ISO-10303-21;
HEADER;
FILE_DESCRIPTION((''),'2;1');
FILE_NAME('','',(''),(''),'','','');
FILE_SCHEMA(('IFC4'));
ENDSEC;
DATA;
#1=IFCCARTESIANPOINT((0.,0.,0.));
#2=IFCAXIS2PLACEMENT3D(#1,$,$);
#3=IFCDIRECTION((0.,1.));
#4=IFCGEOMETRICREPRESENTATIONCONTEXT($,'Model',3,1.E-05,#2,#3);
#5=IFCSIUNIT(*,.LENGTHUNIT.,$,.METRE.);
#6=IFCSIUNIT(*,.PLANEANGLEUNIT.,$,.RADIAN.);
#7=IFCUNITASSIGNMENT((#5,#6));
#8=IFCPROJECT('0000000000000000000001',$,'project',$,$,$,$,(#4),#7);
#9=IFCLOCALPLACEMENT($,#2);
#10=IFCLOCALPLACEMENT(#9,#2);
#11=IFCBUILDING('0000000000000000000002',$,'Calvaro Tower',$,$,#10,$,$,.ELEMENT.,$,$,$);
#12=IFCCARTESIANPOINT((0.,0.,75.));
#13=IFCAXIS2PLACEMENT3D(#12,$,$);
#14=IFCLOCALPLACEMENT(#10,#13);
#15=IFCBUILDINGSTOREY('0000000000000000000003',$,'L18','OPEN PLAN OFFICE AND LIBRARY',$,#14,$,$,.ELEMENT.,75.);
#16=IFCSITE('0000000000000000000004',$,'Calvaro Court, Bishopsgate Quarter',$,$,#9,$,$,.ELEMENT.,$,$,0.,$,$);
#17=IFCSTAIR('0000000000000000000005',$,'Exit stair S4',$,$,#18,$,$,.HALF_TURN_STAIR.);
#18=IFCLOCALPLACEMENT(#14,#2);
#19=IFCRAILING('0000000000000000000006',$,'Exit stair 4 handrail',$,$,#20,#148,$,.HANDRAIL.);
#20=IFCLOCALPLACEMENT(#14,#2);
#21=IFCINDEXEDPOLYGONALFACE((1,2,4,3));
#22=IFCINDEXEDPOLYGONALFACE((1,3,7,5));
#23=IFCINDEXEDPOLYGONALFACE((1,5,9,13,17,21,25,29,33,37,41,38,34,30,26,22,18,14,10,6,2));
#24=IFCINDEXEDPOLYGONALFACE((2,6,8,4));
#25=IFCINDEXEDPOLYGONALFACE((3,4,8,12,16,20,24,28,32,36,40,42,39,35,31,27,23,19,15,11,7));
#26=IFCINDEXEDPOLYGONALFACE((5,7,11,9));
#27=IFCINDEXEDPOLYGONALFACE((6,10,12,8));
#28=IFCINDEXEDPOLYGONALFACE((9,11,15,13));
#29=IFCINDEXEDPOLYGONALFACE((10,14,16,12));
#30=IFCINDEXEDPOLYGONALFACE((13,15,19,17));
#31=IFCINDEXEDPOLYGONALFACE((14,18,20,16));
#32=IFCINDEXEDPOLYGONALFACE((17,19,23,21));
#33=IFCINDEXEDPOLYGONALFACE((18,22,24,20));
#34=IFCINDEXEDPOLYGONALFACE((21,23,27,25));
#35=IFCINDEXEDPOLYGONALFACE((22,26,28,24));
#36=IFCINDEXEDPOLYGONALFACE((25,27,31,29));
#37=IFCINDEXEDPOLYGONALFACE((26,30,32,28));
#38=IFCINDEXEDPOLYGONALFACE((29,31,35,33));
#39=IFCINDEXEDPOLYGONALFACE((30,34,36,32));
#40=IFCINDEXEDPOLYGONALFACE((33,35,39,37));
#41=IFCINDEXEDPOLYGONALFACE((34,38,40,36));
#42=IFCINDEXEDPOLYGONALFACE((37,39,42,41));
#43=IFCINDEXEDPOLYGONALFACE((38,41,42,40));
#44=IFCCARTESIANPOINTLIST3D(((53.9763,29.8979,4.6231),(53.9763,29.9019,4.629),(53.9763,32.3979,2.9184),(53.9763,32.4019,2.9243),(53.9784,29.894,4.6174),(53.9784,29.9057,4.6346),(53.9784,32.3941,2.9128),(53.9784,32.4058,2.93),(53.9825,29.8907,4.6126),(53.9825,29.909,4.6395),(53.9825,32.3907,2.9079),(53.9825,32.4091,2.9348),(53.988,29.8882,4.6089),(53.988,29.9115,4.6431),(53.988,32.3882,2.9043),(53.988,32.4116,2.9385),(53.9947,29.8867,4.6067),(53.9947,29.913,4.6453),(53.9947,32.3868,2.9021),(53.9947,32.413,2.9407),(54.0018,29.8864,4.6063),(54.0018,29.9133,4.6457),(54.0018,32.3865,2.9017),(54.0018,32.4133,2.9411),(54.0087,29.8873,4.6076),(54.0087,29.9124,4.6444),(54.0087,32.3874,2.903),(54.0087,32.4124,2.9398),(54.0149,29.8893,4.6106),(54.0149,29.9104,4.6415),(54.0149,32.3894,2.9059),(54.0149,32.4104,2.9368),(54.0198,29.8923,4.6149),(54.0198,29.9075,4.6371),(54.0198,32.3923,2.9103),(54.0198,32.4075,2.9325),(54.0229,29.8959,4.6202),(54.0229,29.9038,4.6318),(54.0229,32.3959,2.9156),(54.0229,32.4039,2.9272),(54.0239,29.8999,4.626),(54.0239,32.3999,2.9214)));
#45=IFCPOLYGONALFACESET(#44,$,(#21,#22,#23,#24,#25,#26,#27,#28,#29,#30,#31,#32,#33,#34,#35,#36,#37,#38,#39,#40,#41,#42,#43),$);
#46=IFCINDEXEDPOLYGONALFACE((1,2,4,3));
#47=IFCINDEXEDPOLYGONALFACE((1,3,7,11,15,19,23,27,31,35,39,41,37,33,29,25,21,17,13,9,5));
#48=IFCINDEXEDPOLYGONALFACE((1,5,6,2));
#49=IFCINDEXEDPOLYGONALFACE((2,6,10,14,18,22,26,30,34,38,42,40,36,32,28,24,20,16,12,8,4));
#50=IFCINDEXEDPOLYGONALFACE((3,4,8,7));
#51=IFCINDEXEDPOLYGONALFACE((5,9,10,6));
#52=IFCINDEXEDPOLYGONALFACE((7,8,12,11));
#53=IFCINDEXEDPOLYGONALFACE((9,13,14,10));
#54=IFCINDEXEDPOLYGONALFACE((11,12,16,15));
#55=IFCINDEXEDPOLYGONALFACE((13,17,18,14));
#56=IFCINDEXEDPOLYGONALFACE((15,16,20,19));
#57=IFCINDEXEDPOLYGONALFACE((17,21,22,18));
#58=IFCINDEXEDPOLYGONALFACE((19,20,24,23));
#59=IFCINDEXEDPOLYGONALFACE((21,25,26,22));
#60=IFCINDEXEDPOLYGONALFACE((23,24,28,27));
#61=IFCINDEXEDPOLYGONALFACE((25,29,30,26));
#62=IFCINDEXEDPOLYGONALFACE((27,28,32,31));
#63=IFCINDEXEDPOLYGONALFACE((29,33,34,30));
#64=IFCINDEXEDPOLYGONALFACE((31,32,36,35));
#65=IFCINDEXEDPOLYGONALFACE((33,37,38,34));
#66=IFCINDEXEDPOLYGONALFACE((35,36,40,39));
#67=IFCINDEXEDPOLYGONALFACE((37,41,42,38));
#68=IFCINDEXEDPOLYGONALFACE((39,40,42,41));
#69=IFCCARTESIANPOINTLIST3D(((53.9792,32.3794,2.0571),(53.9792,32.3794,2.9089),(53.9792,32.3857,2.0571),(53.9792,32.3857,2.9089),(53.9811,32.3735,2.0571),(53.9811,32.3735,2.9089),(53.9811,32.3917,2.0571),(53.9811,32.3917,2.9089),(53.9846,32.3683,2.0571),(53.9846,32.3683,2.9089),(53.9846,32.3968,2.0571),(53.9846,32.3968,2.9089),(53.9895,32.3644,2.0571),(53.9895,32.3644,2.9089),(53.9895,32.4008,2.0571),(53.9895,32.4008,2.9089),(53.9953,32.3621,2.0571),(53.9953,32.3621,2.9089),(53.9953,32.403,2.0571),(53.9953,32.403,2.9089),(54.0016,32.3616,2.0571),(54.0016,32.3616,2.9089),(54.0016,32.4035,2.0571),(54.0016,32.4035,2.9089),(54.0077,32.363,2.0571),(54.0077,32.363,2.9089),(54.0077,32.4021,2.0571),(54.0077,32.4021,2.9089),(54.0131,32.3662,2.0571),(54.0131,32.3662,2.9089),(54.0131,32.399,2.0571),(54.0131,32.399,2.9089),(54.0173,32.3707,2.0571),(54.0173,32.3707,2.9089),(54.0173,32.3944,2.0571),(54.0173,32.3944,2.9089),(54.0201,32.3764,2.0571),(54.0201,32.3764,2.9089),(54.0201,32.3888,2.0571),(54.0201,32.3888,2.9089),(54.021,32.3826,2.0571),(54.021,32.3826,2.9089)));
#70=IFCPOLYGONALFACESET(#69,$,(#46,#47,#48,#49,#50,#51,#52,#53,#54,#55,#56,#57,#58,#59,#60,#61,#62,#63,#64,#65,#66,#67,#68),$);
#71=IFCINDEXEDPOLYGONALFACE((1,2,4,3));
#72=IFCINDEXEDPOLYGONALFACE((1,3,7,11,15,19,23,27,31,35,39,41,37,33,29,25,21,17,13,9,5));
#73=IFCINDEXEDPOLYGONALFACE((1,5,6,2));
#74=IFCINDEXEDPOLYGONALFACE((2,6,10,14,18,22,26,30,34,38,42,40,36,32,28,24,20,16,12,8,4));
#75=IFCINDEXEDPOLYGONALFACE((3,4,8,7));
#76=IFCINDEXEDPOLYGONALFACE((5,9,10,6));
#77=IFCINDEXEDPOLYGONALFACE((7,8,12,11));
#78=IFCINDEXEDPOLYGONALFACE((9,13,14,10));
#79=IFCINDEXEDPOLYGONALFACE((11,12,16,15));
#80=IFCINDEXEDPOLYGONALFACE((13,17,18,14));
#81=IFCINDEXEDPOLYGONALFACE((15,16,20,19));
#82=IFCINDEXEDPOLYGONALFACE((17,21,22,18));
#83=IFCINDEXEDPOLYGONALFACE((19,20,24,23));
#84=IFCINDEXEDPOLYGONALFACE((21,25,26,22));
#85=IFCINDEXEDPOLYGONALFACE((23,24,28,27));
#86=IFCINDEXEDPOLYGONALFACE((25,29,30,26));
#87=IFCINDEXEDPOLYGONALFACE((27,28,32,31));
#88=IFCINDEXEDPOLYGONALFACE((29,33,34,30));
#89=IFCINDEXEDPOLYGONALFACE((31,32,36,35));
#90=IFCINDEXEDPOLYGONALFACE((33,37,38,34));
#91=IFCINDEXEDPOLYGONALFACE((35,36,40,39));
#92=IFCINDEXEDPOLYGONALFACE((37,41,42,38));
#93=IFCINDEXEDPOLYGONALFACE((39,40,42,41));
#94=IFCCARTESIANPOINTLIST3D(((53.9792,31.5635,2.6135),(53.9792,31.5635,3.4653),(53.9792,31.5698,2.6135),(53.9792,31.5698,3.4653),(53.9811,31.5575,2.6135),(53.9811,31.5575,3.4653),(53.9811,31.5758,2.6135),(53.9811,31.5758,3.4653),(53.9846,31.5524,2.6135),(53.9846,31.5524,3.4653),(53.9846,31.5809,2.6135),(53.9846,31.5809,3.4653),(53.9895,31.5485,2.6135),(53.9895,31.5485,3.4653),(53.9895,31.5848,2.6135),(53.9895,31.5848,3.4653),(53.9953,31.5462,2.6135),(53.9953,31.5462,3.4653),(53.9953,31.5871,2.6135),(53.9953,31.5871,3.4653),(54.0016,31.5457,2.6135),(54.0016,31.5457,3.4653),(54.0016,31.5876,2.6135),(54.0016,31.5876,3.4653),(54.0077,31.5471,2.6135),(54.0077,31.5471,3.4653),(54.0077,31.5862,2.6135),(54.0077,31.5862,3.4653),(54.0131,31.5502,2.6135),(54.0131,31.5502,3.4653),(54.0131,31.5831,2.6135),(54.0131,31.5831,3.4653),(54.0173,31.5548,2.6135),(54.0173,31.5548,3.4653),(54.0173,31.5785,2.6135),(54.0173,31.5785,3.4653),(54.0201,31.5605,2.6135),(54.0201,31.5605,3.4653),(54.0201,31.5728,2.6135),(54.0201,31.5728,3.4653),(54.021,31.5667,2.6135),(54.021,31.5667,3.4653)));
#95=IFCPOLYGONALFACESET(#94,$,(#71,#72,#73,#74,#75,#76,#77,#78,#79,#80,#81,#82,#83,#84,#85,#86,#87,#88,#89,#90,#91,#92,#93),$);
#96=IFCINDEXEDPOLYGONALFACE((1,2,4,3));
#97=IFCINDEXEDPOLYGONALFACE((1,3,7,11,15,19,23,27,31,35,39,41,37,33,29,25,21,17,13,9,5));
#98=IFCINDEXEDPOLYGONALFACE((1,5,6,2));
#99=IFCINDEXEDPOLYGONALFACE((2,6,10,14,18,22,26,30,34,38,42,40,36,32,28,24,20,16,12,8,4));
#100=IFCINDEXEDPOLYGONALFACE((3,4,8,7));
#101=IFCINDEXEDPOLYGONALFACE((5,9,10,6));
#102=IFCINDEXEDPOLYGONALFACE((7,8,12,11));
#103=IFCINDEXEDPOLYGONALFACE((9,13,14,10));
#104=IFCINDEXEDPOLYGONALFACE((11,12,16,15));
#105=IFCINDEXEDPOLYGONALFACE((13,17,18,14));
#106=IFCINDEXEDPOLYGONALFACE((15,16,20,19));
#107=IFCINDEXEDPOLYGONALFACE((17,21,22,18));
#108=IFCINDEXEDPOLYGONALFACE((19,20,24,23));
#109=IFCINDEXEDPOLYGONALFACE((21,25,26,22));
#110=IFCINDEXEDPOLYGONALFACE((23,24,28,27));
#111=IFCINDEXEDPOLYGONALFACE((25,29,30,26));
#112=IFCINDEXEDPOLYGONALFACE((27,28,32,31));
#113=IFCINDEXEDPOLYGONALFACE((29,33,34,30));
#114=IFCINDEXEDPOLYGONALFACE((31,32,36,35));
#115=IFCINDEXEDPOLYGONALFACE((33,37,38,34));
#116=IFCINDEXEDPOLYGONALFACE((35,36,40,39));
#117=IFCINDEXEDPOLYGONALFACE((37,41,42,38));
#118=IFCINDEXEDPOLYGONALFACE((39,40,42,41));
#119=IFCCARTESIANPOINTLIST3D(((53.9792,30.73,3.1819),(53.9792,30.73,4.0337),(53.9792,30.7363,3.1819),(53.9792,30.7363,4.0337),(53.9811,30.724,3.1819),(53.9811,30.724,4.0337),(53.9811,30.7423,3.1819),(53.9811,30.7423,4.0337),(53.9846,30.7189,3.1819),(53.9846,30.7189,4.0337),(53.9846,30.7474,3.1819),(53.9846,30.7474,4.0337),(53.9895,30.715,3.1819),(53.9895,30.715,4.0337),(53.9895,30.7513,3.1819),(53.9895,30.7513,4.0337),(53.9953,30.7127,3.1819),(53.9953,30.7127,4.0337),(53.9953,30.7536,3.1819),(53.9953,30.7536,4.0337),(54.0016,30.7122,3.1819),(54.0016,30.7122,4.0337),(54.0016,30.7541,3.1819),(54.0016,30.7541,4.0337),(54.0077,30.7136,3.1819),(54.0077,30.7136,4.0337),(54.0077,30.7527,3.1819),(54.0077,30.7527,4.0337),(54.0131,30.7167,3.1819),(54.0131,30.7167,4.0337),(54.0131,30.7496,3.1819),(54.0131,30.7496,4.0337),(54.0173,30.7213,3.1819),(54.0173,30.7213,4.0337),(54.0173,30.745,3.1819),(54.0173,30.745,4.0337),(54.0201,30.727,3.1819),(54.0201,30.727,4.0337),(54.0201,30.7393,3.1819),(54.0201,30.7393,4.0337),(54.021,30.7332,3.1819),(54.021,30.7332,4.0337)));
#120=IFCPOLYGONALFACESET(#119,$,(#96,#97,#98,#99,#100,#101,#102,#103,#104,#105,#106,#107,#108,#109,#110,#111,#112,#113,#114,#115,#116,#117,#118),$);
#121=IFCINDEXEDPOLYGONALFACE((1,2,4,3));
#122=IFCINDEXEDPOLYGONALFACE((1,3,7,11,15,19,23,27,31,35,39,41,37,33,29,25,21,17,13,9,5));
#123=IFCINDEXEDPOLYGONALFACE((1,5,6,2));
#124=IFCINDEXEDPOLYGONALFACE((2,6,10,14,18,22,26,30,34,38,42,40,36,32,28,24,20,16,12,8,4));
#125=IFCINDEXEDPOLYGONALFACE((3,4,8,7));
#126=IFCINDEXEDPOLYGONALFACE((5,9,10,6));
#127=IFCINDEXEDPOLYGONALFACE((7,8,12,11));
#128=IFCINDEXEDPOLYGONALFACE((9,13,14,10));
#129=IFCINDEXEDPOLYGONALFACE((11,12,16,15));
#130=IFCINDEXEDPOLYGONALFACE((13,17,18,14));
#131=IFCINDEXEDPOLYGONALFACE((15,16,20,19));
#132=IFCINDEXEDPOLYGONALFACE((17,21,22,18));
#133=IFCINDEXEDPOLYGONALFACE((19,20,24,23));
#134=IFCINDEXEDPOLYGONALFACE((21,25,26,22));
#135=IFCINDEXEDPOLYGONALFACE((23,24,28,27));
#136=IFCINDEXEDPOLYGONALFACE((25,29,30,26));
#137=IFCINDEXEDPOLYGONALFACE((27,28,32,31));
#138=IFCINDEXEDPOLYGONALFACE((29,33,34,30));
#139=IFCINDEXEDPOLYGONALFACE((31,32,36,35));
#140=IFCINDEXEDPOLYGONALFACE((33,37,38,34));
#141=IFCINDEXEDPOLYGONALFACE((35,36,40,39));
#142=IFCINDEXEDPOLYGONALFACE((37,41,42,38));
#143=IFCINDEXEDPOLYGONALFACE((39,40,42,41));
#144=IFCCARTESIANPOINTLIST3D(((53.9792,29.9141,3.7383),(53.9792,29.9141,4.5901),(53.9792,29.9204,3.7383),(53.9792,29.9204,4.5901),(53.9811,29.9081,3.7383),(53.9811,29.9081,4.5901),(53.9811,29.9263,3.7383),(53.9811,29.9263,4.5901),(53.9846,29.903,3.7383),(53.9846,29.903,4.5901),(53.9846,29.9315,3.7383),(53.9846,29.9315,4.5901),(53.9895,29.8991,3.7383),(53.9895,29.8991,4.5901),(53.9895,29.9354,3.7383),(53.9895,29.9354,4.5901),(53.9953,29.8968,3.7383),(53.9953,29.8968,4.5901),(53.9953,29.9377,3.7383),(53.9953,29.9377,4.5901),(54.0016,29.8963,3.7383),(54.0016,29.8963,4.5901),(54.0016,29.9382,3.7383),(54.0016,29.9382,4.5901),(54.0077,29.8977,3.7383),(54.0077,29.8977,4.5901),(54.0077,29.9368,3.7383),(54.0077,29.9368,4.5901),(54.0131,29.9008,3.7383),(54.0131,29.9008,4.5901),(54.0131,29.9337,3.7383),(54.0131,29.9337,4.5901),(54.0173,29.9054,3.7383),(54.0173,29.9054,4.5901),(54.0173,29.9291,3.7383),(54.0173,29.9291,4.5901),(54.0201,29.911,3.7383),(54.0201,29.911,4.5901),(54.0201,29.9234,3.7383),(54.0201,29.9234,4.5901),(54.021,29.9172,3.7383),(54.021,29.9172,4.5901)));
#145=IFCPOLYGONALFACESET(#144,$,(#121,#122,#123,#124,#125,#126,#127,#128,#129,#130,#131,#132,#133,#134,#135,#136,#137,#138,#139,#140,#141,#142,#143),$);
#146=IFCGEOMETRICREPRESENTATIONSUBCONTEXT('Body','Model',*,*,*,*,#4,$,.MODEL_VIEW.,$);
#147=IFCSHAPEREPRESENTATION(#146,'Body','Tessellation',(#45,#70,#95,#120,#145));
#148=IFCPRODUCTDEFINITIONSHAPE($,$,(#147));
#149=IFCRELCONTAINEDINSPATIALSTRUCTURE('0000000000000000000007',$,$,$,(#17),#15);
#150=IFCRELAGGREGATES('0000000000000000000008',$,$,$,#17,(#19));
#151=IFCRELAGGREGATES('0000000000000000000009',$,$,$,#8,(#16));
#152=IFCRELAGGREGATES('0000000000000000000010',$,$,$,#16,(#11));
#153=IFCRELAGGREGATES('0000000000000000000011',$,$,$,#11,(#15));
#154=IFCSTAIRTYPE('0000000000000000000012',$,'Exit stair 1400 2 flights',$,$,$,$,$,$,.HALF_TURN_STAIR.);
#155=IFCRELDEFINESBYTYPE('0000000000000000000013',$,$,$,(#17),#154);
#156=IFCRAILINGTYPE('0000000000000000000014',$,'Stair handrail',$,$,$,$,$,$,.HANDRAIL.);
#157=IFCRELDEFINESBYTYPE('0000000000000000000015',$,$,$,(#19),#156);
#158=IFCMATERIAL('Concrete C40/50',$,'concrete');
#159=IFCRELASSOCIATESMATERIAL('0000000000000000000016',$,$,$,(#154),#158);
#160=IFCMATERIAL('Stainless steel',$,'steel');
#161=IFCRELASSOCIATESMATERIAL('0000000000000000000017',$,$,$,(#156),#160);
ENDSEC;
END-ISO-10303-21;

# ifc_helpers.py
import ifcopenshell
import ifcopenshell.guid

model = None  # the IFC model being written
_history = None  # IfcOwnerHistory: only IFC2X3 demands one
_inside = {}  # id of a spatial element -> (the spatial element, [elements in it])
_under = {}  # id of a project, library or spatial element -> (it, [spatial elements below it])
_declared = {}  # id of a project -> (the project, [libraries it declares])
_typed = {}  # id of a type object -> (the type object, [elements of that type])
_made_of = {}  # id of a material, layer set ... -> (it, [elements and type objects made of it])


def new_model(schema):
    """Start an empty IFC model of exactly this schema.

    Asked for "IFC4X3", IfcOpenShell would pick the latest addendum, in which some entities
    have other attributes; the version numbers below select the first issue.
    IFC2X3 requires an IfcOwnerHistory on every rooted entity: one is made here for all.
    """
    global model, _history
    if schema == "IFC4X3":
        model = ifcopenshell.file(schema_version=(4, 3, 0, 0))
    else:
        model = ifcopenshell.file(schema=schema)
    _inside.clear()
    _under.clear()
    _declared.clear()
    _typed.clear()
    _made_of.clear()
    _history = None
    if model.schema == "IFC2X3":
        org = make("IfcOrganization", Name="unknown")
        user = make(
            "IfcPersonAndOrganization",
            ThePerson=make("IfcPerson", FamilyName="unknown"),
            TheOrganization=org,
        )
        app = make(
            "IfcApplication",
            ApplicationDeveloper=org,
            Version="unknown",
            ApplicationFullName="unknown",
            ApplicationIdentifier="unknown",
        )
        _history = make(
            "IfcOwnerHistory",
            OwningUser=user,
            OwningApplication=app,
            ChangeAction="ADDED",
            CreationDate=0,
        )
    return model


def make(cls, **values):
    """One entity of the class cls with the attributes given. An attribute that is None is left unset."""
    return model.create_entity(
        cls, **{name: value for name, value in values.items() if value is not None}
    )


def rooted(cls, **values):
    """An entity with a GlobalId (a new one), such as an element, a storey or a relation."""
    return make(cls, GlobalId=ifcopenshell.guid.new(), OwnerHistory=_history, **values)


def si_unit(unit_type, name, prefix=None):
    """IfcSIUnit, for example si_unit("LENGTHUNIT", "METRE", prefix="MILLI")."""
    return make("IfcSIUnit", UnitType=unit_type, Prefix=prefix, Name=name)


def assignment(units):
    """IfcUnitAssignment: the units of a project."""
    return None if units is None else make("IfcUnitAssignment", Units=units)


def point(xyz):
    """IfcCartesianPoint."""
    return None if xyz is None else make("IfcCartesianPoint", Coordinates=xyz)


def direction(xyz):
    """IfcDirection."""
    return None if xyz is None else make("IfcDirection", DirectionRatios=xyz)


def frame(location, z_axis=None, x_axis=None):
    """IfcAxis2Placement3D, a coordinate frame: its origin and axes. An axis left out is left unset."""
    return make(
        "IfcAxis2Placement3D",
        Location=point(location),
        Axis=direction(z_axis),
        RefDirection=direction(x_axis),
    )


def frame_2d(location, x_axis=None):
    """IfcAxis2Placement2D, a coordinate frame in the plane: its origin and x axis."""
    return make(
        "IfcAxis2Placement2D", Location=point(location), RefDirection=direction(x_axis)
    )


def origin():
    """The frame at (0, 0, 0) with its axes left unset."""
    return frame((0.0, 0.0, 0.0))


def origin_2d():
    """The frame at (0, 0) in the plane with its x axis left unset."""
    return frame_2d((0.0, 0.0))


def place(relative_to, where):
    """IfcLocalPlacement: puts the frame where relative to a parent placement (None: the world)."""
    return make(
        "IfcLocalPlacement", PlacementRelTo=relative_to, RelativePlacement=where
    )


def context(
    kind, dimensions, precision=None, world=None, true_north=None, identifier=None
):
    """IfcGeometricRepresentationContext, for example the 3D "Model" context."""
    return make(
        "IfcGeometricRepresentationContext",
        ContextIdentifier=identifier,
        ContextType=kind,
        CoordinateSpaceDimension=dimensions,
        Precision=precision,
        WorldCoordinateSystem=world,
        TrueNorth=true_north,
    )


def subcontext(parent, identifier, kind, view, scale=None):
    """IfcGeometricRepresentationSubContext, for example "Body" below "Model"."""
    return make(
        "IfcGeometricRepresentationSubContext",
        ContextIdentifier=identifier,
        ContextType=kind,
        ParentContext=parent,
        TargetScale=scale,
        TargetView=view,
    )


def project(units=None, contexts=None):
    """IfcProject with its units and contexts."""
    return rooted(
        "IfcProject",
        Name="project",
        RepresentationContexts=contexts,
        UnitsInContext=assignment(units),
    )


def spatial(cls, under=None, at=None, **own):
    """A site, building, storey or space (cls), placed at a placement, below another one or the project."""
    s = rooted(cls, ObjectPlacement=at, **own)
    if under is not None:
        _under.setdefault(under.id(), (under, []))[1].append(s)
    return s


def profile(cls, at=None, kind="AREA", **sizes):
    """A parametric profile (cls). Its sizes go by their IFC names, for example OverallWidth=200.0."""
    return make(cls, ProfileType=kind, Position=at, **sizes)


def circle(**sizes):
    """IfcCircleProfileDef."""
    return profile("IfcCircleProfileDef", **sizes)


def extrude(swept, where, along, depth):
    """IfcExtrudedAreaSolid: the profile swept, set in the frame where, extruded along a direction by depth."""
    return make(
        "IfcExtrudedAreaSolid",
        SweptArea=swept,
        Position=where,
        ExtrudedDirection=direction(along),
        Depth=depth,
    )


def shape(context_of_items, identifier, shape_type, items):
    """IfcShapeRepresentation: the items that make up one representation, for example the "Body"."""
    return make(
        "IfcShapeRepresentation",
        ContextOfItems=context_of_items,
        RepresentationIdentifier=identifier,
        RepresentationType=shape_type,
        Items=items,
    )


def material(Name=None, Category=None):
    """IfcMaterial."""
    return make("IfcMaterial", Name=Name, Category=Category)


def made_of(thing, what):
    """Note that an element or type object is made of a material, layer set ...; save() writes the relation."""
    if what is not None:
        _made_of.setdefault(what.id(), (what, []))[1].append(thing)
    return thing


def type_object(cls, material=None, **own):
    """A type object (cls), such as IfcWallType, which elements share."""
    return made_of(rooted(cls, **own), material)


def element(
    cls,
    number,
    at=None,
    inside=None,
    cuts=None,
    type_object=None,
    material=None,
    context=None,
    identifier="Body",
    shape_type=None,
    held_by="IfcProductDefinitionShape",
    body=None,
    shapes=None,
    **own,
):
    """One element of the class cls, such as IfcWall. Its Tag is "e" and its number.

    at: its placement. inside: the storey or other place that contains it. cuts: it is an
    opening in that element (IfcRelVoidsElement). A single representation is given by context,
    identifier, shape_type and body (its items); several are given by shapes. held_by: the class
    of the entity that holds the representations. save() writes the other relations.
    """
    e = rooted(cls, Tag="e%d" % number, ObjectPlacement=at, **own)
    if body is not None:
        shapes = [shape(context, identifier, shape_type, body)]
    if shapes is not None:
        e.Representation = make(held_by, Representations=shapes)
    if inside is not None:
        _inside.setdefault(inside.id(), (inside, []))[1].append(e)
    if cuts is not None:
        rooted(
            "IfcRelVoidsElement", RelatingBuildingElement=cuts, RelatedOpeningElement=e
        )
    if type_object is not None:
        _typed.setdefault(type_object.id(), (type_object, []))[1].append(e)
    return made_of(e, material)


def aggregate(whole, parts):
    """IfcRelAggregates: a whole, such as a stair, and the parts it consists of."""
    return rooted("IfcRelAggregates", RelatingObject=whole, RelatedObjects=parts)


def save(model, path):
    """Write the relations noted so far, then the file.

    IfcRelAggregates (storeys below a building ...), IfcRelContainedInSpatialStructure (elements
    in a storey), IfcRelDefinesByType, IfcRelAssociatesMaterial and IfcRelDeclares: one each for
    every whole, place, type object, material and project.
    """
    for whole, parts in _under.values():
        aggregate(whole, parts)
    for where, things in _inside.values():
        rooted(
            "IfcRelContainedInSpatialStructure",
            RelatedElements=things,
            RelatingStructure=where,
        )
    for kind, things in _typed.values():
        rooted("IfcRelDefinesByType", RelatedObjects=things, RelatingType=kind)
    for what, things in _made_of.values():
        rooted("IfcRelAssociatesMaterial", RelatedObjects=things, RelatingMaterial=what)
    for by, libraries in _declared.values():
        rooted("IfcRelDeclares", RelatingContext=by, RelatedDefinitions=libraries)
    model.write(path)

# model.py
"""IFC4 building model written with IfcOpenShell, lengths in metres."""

from ifc_helpers import new_model, si_unit, direction, frame, origin, origin_2d, place, context, subcontext, project, spatial, circle, extrude, material, type_object, element, aggregate, save


model = new_model("IFC4")

# Units and contexts
model_context = context("Model", 3, precision=1e-05, world=origin(), true_north=direction((0.0, 1.0)))
body_context = subcontext(model_context, "Body", "Model", "MODEL_VIEW")
ifc_project = project(units=[si_unit("LENGTHUNIT", "METRE"), si_unit("PLANEANGLEUNIT", "RADIAN")], contexts=[model_context])

# Site, building, storey
site_placement = place(None, origin())
site = spatial("IfcSite", under=ifc_project, at=site_placement, Name="Calvaro Court, Bishopsgate Quarter", CompositionType="ELEMENT", RefElevation=0.0)
building_placement = place(site_placement, origin())
building = spatial("IfcBuilding", under=site, at=building_placement, Name="Calvaro Tower", CompositionType="ELEMENT")
storey_placement = place(building_placement, frame((0.0, 0.0, 75.0)))
storey = spatial("IfcBuildingStorey", under=building, at=storey_placement, Name="L18", Description="OPEN PLAN OFFICE AND LIBRARY", CompositionType="ELEMENT", Elevation=75.0)

# Shared definitions
ifc_material_1 = material(Name="Concrete C40/50", Category="concrete")
stair_type = type_object("IfcStairType", Name="Exit stair 1400 2 flights", PredefinedType="HALF_TURN_STAIR", material=ifc_material_1)

# Stair, railing
stair_1_placement = place(storey_placement, origin())
stair_1 = element("IfcStair", 1, at=stair_1_placement, inside=storey, type_object=stair_type, Name="Exit stair S4", PredefinedType="HALF_TURN_STAIR")
ifc_material_2 = material(Name="Stainless steel", Category="steel")
railing_type = type_object("IfcRailingType", Name="Stair handrail", PredefinedType="HANDRAIL", material=ifc_material_2)
railing_1_placement = place(storey_placement, frame((54.0, 32.3999, 2.0454)))
railing_1 = element("IfcRailing", 2, at=railing_1_placement, type_object=railing_type, Name="Exit stair 4 handrail", PredefinedType="HANDRAIL", context=body_context, shape_type="SweptSolid", body=[
    extrude(circle(Radius=0.0239, at=origin_2d()), frame((0.0, 0.0, 0.876), z_axis=(0.0, -0.826221, 0.563347), x_axis=(1.0, 0.0, 0.0)), (0.0, 0.0, 1.0), 3.0259),
    extrude(circle(Radius=0.021, at=origin_2d()), frame((0.0, -0.0173, 0.0117)), (0.0, 0.0, 1.0), 0.8518),
    extrude(circle(Radius=0.021, at=origin_2d()), frame((0.0, -0.8333, 0.5681)), (0.0, 0.0, 1.0), 0.8518),
    extrude(circle(Radius=0.021, at=origin_2d()), frame((0.0, -1.6667, 1.1365)), (0.0, 0.0, 1.0), 0.8518),
    extrude(circle(Radius=0.021, at=origin_2d()), frame((0.0, -2.4827, 1.6929)), (0.0, 0.0, 1.0), 0.8518),
])
aggregate(stair_1, [railing_1])

save(model, "model.ifc")
